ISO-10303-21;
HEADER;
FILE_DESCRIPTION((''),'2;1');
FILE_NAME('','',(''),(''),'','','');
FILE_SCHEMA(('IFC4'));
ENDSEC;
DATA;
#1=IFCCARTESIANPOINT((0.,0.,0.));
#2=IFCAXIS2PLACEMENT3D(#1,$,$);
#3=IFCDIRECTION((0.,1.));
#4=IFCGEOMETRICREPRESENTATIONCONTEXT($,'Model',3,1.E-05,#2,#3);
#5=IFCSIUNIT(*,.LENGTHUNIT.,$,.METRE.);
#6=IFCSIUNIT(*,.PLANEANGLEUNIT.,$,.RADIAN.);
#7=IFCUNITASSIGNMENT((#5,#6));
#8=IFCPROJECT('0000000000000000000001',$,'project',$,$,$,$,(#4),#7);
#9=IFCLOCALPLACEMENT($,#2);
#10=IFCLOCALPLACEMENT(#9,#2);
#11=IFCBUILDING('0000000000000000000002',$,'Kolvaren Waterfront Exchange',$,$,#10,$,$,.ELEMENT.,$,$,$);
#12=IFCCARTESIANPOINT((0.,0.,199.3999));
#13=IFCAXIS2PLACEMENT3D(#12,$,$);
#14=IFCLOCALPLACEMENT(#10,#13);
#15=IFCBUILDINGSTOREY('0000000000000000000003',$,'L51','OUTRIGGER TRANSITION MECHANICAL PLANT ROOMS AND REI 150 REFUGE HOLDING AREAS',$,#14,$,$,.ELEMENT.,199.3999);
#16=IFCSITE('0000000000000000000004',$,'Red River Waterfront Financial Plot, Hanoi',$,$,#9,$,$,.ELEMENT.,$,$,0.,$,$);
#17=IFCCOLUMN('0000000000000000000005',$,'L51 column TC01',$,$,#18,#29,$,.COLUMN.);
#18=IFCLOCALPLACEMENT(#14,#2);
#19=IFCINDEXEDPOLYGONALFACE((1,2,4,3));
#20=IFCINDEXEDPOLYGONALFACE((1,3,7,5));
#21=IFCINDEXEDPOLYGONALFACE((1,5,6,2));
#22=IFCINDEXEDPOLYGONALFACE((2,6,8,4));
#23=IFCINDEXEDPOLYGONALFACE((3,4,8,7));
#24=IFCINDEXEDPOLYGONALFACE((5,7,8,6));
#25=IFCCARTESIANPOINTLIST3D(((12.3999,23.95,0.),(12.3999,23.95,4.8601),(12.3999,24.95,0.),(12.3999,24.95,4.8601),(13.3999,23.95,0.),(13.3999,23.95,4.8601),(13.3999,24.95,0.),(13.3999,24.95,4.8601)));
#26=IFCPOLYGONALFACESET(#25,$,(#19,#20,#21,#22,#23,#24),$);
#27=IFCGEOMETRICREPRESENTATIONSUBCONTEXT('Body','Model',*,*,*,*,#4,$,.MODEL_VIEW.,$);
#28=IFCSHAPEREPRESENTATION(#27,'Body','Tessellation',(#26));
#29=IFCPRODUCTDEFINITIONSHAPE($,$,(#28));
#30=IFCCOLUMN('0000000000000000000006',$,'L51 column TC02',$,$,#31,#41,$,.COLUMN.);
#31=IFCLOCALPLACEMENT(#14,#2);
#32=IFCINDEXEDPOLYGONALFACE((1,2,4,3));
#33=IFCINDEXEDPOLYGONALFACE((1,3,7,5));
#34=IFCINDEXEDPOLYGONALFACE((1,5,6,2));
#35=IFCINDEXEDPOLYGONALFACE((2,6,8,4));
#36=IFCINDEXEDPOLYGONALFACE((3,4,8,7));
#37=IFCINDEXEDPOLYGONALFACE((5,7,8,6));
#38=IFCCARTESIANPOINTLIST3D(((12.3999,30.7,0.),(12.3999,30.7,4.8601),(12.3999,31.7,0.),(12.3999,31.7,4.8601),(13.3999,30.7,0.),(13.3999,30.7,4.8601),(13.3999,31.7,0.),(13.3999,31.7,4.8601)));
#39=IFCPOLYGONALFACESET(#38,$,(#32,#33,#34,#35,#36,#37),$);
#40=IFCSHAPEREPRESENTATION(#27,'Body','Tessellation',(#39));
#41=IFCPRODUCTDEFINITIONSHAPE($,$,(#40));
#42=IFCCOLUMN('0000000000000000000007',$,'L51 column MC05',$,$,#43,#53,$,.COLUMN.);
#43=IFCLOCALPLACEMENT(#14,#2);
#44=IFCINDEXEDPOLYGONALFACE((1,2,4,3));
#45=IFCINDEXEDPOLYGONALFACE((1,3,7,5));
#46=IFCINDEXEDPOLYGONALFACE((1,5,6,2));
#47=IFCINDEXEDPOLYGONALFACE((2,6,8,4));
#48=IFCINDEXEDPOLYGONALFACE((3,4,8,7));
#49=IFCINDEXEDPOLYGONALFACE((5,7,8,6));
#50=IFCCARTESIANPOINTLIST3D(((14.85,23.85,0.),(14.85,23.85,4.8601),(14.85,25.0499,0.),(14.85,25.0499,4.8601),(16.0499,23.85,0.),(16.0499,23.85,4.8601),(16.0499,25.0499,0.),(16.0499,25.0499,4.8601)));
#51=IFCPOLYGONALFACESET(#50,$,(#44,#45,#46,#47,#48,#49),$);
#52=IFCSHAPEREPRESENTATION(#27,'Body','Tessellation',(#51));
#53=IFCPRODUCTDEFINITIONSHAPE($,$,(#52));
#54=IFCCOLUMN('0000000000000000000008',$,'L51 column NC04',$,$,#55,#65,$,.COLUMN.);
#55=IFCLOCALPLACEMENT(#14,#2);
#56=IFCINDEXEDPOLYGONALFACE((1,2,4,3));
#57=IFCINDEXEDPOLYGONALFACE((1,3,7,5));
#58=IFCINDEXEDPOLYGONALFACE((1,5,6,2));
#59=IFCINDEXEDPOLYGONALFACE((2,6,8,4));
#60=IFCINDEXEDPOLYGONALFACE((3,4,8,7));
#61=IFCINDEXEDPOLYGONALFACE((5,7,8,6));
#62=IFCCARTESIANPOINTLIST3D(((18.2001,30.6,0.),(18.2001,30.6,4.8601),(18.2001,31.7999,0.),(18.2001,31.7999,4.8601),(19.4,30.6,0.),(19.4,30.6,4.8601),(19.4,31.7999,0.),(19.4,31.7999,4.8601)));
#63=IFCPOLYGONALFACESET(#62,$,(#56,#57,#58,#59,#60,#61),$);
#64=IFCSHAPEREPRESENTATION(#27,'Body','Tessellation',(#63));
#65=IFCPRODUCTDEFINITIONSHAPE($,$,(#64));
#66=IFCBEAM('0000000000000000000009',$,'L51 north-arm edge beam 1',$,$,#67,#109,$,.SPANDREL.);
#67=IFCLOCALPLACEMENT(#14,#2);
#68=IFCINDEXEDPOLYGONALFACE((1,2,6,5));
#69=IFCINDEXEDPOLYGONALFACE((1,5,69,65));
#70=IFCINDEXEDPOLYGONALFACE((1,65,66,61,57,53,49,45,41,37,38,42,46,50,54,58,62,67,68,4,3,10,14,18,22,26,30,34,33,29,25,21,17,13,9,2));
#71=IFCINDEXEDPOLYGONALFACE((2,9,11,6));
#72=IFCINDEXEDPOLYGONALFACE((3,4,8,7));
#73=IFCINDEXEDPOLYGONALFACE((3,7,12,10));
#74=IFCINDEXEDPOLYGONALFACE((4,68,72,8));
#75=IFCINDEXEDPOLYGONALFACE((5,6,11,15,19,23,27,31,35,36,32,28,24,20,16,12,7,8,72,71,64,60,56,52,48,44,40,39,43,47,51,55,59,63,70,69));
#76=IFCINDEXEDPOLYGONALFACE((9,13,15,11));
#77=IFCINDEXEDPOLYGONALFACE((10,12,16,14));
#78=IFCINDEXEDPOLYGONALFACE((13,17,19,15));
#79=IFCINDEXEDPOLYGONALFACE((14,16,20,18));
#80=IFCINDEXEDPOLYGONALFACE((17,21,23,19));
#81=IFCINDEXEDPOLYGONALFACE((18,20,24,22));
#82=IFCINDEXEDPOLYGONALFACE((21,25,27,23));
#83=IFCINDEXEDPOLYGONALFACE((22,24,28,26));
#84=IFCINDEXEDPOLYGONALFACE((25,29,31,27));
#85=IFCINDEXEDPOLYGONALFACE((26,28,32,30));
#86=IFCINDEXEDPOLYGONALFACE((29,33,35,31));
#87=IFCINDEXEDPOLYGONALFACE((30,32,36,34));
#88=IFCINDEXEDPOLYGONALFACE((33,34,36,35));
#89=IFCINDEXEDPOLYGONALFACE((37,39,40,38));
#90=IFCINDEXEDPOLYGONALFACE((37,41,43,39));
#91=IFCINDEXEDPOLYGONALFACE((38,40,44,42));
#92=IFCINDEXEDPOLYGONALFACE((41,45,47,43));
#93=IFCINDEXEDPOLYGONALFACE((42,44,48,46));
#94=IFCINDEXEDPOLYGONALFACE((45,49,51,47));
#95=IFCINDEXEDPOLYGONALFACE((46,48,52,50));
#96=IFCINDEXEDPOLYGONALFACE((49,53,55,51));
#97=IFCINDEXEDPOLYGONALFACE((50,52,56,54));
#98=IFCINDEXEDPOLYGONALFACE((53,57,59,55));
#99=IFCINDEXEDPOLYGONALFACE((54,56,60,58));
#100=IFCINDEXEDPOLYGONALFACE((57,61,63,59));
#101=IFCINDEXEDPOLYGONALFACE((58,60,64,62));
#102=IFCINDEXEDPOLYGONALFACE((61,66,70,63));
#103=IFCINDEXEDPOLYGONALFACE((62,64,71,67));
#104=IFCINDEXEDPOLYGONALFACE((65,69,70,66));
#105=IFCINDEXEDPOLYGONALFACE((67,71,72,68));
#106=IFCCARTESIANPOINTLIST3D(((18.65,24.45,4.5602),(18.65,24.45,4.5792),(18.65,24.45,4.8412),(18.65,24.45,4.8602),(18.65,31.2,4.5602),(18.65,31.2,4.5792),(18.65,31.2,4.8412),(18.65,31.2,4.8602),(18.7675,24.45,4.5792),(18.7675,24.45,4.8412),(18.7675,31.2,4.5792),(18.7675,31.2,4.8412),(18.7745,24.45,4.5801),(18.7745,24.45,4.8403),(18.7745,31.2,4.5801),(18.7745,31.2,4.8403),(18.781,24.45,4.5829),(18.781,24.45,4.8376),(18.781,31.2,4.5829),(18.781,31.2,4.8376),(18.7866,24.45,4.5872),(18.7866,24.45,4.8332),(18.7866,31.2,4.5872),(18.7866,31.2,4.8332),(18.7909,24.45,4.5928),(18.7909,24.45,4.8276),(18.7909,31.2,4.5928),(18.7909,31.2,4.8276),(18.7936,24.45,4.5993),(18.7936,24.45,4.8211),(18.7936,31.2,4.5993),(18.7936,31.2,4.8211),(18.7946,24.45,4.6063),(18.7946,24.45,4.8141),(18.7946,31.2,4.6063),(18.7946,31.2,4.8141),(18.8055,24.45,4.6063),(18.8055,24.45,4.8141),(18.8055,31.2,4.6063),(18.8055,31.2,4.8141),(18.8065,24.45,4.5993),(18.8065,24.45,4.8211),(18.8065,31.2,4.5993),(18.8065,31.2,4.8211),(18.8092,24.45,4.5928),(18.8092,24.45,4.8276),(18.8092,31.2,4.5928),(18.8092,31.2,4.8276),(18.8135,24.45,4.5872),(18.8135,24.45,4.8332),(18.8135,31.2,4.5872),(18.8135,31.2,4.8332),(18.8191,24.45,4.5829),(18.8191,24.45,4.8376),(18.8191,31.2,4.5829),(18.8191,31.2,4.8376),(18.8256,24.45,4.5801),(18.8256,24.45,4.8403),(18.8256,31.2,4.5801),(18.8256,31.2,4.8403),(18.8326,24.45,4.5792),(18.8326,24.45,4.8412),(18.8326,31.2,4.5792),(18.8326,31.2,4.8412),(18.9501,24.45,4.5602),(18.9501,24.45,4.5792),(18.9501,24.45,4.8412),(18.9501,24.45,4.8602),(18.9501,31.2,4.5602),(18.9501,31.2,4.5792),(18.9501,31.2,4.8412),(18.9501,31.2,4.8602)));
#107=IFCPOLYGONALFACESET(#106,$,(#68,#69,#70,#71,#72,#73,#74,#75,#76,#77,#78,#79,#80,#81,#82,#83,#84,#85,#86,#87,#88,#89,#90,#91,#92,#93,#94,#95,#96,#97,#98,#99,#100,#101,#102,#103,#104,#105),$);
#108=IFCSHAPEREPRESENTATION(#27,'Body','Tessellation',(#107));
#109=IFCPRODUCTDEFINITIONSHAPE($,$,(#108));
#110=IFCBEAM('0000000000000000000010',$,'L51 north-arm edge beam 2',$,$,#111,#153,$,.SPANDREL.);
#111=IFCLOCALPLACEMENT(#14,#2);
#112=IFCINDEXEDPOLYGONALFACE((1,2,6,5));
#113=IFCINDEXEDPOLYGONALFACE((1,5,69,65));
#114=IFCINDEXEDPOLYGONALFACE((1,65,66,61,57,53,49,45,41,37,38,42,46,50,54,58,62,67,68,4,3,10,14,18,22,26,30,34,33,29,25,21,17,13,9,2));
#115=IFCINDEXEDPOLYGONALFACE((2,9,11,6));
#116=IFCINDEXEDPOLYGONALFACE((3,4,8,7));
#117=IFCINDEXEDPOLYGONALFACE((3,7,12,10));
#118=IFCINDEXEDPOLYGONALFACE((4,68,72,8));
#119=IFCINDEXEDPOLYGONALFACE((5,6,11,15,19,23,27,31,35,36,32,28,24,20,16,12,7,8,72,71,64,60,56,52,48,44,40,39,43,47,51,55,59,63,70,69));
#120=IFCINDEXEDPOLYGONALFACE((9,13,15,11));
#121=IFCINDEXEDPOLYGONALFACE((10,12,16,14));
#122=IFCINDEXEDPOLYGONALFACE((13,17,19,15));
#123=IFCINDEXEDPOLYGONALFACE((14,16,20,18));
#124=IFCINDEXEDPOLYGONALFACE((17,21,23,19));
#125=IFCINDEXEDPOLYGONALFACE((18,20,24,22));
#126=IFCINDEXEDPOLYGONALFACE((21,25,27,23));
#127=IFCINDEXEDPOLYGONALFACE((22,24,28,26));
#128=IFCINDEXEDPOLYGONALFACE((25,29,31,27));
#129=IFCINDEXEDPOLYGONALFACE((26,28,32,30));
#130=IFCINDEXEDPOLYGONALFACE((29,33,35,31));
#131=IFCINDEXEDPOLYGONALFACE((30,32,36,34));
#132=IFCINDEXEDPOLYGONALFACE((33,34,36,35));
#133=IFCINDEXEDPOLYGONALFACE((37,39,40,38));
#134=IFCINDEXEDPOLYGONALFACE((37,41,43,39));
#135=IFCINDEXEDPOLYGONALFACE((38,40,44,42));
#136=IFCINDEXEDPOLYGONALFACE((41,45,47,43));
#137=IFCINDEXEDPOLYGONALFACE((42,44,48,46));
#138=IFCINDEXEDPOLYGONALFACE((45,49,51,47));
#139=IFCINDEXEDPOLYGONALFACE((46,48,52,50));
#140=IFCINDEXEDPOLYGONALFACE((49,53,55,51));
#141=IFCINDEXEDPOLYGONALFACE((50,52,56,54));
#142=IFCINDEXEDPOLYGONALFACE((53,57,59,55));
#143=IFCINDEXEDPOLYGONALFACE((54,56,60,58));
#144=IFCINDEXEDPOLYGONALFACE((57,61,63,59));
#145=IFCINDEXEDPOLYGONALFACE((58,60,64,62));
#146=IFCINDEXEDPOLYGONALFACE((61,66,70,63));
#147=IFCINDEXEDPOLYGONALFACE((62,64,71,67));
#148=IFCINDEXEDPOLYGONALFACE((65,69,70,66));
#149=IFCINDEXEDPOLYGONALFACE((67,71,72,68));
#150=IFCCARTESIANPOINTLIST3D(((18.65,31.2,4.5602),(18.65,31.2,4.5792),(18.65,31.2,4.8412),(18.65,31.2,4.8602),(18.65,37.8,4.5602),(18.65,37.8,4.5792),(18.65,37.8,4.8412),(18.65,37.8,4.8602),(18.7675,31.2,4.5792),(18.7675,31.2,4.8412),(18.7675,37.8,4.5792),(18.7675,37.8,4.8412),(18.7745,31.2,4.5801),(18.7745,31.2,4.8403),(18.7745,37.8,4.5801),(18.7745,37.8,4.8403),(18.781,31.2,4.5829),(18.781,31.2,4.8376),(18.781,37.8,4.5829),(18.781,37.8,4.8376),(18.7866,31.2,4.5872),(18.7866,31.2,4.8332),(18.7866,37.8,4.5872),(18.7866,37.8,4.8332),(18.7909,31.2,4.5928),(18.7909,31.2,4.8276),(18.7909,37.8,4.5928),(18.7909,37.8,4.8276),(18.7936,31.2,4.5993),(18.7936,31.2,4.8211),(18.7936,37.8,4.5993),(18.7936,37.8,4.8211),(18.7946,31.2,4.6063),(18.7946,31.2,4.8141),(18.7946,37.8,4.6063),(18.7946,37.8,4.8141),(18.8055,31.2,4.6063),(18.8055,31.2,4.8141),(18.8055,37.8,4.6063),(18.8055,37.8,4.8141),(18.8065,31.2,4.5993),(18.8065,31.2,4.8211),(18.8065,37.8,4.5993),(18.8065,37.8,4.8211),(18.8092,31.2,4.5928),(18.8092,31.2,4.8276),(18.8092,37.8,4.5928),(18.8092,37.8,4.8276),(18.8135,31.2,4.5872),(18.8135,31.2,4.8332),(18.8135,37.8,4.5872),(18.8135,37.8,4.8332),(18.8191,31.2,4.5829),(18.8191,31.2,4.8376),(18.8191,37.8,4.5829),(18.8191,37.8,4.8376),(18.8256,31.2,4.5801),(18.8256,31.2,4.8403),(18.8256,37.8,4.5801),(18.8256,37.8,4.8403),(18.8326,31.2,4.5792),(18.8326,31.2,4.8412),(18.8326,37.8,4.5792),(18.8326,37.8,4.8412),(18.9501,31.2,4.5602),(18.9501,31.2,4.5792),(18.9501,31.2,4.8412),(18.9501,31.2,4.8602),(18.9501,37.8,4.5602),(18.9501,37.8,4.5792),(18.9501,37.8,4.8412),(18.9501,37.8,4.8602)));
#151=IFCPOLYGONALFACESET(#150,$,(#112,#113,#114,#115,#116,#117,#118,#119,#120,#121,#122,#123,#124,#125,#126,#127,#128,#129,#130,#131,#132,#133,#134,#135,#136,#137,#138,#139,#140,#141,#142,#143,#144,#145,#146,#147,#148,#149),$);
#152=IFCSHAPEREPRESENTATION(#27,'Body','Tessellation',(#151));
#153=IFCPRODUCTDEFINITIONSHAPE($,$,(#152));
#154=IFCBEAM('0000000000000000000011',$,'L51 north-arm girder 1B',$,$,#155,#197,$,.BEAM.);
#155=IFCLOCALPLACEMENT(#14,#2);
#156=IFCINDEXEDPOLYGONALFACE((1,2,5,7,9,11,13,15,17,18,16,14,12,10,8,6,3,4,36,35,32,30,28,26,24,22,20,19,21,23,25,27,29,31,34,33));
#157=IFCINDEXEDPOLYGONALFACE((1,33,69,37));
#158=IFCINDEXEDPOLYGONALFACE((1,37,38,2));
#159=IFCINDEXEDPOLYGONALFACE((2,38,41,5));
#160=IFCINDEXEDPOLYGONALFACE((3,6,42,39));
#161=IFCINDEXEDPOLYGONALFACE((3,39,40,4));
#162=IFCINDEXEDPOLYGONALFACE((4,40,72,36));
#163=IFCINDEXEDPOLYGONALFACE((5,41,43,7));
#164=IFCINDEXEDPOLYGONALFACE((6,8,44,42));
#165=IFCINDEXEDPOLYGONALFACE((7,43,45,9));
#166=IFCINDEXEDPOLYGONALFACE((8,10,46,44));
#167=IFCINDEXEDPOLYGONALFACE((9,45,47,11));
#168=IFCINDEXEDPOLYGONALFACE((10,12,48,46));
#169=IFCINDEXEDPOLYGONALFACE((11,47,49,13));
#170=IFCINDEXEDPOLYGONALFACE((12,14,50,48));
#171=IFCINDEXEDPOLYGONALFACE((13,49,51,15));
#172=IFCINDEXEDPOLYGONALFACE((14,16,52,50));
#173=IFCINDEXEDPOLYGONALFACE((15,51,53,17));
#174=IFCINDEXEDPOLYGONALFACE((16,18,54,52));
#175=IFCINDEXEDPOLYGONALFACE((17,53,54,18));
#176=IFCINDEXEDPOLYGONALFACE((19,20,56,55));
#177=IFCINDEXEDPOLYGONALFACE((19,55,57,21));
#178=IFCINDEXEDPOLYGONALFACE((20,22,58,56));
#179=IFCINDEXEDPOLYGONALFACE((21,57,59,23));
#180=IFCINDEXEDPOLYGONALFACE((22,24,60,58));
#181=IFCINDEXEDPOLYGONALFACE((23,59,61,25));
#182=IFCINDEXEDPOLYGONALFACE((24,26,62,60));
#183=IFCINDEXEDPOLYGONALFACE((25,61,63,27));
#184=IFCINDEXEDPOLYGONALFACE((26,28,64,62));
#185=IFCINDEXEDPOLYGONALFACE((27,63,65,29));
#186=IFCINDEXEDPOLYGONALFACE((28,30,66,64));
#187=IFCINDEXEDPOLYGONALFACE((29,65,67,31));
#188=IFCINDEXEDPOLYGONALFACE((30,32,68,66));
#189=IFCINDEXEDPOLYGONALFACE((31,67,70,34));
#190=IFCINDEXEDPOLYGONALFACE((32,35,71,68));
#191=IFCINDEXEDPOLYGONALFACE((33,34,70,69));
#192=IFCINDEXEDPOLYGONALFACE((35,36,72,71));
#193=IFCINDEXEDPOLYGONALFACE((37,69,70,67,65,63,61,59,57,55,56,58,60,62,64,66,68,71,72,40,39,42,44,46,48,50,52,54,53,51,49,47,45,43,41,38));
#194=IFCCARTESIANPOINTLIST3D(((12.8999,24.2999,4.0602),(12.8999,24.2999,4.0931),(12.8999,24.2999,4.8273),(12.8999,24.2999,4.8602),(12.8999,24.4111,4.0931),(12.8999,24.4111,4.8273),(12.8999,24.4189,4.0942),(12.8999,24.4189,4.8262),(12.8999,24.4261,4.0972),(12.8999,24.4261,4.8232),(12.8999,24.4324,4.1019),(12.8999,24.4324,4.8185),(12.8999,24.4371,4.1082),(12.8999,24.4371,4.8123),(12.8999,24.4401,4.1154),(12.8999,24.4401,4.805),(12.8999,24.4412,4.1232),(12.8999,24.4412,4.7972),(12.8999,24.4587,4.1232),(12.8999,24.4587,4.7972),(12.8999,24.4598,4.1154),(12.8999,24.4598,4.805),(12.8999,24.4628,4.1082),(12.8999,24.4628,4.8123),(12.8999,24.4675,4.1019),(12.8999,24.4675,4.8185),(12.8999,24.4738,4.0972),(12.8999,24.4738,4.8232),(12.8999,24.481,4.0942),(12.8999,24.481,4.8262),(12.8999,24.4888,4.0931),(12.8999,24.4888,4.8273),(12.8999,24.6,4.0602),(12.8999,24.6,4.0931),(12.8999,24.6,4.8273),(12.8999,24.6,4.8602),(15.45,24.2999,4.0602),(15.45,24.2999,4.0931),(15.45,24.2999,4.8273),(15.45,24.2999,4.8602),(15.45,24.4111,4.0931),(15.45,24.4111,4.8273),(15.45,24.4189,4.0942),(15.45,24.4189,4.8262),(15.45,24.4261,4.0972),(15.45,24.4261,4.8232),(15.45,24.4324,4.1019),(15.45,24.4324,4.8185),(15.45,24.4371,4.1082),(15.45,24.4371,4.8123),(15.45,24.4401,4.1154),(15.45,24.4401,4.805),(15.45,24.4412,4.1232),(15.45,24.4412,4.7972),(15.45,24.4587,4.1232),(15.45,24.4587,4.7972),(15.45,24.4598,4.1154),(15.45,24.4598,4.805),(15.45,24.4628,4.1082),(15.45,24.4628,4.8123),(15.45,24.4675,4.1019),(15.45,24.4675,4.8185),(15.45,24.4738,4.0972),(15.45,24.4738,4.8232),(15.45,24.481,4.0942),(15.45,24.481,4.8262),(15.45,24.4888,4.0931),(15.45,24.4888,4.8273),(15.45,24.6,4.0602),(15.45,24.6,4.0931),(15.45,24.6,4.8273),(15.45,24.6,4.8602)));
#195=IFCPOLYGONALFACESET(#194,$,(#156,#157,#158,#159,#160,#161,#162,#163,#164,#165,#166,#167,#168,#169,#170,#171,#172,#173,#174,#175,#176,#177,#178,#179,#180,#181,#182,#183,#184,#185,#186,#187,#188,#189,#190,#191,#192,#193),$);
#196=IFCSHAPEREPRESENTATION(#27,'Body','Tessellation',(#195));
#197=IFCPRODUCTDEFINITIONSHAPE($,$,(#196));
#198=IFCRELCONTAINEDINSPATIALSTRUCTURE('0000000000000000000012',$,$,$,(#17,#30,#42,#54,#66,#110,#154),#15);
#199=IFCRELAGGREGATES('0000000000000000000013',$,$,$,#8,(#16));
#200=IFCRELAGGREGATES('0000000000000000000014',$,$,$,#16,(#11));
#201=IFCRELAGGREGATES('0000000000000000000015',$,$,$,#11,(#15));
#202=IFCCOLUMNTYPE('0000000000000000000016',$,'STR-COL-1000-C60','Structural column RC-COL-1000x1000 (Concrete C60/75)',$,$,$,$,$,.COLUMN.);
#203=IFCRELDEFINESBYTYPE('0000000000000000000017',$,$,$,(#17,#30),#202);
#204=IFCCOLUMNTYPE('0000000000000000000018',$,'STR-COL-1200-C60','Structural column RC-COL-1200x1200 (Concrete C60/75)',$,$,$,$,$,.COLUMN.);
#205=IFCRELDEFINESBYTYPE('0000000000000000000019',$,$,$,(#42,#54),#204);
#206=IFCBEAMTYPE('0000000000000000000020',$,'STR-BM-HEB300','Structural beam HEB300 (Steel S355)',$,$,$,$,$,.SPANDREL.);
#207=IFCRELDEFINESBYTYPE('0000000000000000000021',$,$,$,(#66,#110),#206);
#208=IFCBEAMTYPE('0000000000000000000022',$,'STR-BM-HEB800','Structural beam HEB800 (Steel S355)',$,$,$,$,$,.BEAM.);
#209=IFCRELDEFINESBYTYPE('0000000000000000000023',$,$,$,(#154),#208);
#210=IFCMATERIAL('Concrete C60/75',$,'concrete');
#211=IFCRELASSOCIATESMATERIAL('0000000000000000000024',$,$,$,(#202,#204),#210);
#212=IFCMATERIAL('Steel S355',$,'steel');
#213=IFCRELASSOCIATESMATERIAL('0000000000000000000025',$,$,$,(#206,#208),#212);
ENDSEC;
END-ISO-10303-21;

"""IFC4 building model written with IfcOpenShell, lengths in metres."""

from ifc_helpers import new_model, si_unit, direction, frame, origin, origin_2d, place, context, subcontext, project, spatial, rectangle, i_section, extrude, material, material_profile, profile_set, type_object, element, save


model = new_model("IFC4")

# Units and contexts
model_context = context("Model", 3, precision=1e-05, world=origin(), true_north=direction((0.0, 1.0)))
body_context = subcontext(model_context, "Body", "Model", "MODEL_VIEW")
ifc_project = project(units=[si_unit("LENGTHUNIT", "METRE"), si_unit("PLANEANGLEUNIT", "RADIAN")], contexts=[model_context])

# Site, building, storey
site_placement = place(None, origin())
site = spatial("IfcSite", under=ifc_project, at=site_placement, Name="Red River Waterfront Financial Plot, Hanoi", CompositionType="ELEMENT", RefElevation=0.0)
building_placement = place(site_placement, origin())
building = spatial("IfcBuilding", under=site, at=building_placement, Name="Kolvaren Waterfront Exchange", CompositionType="ELEMENT")
storey_placement = place(building_placement, frame((0.0, 0.0, 199.3999)))
storey = spatial("IfcBuildingStorey", under=building, at=storey_placement, Name="L51", Description="OUTRIGGER TRANSITION MECHANICAL PLANT ROOMS AND REI 150 REFUGE HOLDING AREAS", CompositionType="ELEMENT", Elevation=199.3999)

# Columns
ifc_material_1 = material(Name="Concrete C60/75", Category="concrete")
ifc_material_profile_1 = material_profile(ifc_material_1, rectangle(XDim=1.0, YDim=1.0, at=origin_2d()), Name="RC-COL-1000x1000")
ifc_profile_set_1 = profile_set([ifc_material_profile_1], Name="Concrete C60/75")
column_type_1 = type_object("IfcColumnType", Name="STR-COL-1000-C60", Description="Structural column RC-COL-1000x1000 (Concrete C60/75)", PredefinedType="COLUMN", material=ifc_profile_set_1)
for number, where, z_axis, x_axis, name in (
    (1, (12.8999, 24.45, 0.0), (0.0, 0.0, 1.0), (1.0, 0.0, 0.0), "L51 column TC01"),
    (2, (12.8999, 31.2, 0.0), (0.0, 0.0, 1.0), (1.0, 0.0, 0.0), "L51 column TC02"),
):
    element("IfcColumn", number, at=place(storey_placement, frame(where, z_axis=z_axis, x_axis=x_axis)), inside=storey, type_object=column_type_1, Name=name, PredefinedType="COLUMN", context=body_context, shape_type="SweptSolid", body=[
        extrude(rectangle(XDim=1.0, YDim=1.0, at=origin_2d()), origin(), (0.0, 0.0, 1.0), 4.8601),
    ])
ifc_material_profile_2 = material_profile(ifc_material_1, rectangle(XDim=1.2, YDim=1.2, at=origin_2d()), Name="RC-COL-1200x1200")
ifc_profile_set_2 = profile_set([ifc_material_profile_2], Name="Concrete C60/75")
column_type_2 = type_object("IfcColumnType", Name="STR-COL-1200-C60", Description="Structural column RC-COL-1200x1200 (Concrete C60/75)", PredefinedType="COLUMN", material=ifc_profile_set_2)
for number, where, z_axis, x_axis, name in (
    (3, (15.45, 24.45, 0.0), (0.0, 0.0, 1.0), (1.0, 0.0, 0.0), "L51 column MC05"),
    (4, (18.8, 31.2, 0.0), (0.0, 0.0, 1.0), (1.0, 0.0, 0.0), "L51 column NC04"),
):
    element("IfcColumn", number, at=place(storey_placement, frame(where, z_axis=z_axis, x_axis=x_axis)), inside=storey, type_object=column_type_2, Name=name, PredefinedType="COLUMN", context=body_context, shape_type="SweptSolid", body=[
        extrude(rectangle(XDim=1.2, YDim=1.2, at=origin_2d()), origin(), (0.0, 0.0, 1.0), 4.8601),
    ])

# Beams
ifc_material_2 = material(Name="Steel S355", Category="steel")
ifc_material_profile_3 = material_profile(ifc_material_2, i_section(OverallWidth=0.3, OverallDepth=0.3, WebThickness=0.011, FlangeThickness=0.019, FilletRadius=0.0271, at=origin_2d()), Name="HEB300")
ifc_profile_set_3 = profile_set([ifc_material_profile_3], Name="Steel S355")
beam_type_1 = type_object("IfcBeamType", Name="STR-BM-HEB300", Description="Structural beam HEB300 (Steel S355)", PredefinedType="SPANDREL", material=ifc_profile_set_3)
beam_1_placement = place(storey_placement, frame((18.8, 24.45, 4.7102), z_axis=(0.0, 1.0, 0.0), x_axis=(-1.0, 0.0, 0.0)))
element("IfcBeam", 5, at=beam_1_placement, inside=storey, type_object=beam_type_1, Name="L51 north-arm edge beam 1", PredefinedType="SPANDREL", context=body_context, shape_type="SweptSolid", body=[
    extrude(i_section(OverallWidth=0.3, OverallDepth=0.3, WebThickness=0.011, FlangeThickness=0.019, FilletRadius=0.0271, at=origin_2d()), origin(), (0.0, 0.0, 1.0), 6.75),
])
beam_2_placement = place(storey_placement, frame((18.8, 31.2, 4.7102), z_axis=(0.0, 1.0, 0.0), x_axis=(-1.0, 0.0, 0.0)))
element("IfcBeam", 6, at=beam_2_placement, inside=storey, type_object=beam_type_1, Name="L51 north-arm edge beam 2", PredefinedType="SPANDREL", context=body_context, shape_type="SweptSolid", body=[
    extrude(i_section(OverallWidth=0.3, OverallDepth=0.3, WebThickness=0.011, FlangeThickness=0.019, FilletRadius=0.0271, at=origin_2d()), origin(), (0.0, 0.0, 1.0), 6.6001),
])
ifc_material_profile_4 = material_profile(ifc_material_2, i_section(OverallWidth=0.3, OverallDepth=0.8, WebThickness=0.0176, FlangeThickness=0.033, FilletRadius=0.03, at=origin_2d()), Name="HEB800")
ifc_profile_set_4 = profile_set([ifc_material_profile_4], Name="Steel S355")
beam_type_2 = type_object("IfcBeamType", Name="STR-BM-HEB800", Description="Structural beam HEB800 (Steel S355)", PredefinedType="BEAM", material=ifc_profile_set_4)
beam_3_placement = place(storey_placement, frame((12.8999, 24.45, 4.4602), z_axis=(1.0, 0.0, 0.0), x_axis=(0.0, 1.0, 0.0)))
element("IfcBeam", 7, at=beam_3_placement, inside=storey, type_object=beam_type_2, Name="L51 north-arm girder 1B", PredefinedType="BEAM", context=body_context, shape_type="SweptSolid", body=[
    extrude(i_section(OverallWidth=0.3, OverallDepth=0.8, WebThickness=0.0176, FlangeThickness=0.033, FilletRadius=0.03, at=origin_2d()), origin(), (0.0, 0.0, 1.0), 2.55),
])

save(model, "model.ifc")
